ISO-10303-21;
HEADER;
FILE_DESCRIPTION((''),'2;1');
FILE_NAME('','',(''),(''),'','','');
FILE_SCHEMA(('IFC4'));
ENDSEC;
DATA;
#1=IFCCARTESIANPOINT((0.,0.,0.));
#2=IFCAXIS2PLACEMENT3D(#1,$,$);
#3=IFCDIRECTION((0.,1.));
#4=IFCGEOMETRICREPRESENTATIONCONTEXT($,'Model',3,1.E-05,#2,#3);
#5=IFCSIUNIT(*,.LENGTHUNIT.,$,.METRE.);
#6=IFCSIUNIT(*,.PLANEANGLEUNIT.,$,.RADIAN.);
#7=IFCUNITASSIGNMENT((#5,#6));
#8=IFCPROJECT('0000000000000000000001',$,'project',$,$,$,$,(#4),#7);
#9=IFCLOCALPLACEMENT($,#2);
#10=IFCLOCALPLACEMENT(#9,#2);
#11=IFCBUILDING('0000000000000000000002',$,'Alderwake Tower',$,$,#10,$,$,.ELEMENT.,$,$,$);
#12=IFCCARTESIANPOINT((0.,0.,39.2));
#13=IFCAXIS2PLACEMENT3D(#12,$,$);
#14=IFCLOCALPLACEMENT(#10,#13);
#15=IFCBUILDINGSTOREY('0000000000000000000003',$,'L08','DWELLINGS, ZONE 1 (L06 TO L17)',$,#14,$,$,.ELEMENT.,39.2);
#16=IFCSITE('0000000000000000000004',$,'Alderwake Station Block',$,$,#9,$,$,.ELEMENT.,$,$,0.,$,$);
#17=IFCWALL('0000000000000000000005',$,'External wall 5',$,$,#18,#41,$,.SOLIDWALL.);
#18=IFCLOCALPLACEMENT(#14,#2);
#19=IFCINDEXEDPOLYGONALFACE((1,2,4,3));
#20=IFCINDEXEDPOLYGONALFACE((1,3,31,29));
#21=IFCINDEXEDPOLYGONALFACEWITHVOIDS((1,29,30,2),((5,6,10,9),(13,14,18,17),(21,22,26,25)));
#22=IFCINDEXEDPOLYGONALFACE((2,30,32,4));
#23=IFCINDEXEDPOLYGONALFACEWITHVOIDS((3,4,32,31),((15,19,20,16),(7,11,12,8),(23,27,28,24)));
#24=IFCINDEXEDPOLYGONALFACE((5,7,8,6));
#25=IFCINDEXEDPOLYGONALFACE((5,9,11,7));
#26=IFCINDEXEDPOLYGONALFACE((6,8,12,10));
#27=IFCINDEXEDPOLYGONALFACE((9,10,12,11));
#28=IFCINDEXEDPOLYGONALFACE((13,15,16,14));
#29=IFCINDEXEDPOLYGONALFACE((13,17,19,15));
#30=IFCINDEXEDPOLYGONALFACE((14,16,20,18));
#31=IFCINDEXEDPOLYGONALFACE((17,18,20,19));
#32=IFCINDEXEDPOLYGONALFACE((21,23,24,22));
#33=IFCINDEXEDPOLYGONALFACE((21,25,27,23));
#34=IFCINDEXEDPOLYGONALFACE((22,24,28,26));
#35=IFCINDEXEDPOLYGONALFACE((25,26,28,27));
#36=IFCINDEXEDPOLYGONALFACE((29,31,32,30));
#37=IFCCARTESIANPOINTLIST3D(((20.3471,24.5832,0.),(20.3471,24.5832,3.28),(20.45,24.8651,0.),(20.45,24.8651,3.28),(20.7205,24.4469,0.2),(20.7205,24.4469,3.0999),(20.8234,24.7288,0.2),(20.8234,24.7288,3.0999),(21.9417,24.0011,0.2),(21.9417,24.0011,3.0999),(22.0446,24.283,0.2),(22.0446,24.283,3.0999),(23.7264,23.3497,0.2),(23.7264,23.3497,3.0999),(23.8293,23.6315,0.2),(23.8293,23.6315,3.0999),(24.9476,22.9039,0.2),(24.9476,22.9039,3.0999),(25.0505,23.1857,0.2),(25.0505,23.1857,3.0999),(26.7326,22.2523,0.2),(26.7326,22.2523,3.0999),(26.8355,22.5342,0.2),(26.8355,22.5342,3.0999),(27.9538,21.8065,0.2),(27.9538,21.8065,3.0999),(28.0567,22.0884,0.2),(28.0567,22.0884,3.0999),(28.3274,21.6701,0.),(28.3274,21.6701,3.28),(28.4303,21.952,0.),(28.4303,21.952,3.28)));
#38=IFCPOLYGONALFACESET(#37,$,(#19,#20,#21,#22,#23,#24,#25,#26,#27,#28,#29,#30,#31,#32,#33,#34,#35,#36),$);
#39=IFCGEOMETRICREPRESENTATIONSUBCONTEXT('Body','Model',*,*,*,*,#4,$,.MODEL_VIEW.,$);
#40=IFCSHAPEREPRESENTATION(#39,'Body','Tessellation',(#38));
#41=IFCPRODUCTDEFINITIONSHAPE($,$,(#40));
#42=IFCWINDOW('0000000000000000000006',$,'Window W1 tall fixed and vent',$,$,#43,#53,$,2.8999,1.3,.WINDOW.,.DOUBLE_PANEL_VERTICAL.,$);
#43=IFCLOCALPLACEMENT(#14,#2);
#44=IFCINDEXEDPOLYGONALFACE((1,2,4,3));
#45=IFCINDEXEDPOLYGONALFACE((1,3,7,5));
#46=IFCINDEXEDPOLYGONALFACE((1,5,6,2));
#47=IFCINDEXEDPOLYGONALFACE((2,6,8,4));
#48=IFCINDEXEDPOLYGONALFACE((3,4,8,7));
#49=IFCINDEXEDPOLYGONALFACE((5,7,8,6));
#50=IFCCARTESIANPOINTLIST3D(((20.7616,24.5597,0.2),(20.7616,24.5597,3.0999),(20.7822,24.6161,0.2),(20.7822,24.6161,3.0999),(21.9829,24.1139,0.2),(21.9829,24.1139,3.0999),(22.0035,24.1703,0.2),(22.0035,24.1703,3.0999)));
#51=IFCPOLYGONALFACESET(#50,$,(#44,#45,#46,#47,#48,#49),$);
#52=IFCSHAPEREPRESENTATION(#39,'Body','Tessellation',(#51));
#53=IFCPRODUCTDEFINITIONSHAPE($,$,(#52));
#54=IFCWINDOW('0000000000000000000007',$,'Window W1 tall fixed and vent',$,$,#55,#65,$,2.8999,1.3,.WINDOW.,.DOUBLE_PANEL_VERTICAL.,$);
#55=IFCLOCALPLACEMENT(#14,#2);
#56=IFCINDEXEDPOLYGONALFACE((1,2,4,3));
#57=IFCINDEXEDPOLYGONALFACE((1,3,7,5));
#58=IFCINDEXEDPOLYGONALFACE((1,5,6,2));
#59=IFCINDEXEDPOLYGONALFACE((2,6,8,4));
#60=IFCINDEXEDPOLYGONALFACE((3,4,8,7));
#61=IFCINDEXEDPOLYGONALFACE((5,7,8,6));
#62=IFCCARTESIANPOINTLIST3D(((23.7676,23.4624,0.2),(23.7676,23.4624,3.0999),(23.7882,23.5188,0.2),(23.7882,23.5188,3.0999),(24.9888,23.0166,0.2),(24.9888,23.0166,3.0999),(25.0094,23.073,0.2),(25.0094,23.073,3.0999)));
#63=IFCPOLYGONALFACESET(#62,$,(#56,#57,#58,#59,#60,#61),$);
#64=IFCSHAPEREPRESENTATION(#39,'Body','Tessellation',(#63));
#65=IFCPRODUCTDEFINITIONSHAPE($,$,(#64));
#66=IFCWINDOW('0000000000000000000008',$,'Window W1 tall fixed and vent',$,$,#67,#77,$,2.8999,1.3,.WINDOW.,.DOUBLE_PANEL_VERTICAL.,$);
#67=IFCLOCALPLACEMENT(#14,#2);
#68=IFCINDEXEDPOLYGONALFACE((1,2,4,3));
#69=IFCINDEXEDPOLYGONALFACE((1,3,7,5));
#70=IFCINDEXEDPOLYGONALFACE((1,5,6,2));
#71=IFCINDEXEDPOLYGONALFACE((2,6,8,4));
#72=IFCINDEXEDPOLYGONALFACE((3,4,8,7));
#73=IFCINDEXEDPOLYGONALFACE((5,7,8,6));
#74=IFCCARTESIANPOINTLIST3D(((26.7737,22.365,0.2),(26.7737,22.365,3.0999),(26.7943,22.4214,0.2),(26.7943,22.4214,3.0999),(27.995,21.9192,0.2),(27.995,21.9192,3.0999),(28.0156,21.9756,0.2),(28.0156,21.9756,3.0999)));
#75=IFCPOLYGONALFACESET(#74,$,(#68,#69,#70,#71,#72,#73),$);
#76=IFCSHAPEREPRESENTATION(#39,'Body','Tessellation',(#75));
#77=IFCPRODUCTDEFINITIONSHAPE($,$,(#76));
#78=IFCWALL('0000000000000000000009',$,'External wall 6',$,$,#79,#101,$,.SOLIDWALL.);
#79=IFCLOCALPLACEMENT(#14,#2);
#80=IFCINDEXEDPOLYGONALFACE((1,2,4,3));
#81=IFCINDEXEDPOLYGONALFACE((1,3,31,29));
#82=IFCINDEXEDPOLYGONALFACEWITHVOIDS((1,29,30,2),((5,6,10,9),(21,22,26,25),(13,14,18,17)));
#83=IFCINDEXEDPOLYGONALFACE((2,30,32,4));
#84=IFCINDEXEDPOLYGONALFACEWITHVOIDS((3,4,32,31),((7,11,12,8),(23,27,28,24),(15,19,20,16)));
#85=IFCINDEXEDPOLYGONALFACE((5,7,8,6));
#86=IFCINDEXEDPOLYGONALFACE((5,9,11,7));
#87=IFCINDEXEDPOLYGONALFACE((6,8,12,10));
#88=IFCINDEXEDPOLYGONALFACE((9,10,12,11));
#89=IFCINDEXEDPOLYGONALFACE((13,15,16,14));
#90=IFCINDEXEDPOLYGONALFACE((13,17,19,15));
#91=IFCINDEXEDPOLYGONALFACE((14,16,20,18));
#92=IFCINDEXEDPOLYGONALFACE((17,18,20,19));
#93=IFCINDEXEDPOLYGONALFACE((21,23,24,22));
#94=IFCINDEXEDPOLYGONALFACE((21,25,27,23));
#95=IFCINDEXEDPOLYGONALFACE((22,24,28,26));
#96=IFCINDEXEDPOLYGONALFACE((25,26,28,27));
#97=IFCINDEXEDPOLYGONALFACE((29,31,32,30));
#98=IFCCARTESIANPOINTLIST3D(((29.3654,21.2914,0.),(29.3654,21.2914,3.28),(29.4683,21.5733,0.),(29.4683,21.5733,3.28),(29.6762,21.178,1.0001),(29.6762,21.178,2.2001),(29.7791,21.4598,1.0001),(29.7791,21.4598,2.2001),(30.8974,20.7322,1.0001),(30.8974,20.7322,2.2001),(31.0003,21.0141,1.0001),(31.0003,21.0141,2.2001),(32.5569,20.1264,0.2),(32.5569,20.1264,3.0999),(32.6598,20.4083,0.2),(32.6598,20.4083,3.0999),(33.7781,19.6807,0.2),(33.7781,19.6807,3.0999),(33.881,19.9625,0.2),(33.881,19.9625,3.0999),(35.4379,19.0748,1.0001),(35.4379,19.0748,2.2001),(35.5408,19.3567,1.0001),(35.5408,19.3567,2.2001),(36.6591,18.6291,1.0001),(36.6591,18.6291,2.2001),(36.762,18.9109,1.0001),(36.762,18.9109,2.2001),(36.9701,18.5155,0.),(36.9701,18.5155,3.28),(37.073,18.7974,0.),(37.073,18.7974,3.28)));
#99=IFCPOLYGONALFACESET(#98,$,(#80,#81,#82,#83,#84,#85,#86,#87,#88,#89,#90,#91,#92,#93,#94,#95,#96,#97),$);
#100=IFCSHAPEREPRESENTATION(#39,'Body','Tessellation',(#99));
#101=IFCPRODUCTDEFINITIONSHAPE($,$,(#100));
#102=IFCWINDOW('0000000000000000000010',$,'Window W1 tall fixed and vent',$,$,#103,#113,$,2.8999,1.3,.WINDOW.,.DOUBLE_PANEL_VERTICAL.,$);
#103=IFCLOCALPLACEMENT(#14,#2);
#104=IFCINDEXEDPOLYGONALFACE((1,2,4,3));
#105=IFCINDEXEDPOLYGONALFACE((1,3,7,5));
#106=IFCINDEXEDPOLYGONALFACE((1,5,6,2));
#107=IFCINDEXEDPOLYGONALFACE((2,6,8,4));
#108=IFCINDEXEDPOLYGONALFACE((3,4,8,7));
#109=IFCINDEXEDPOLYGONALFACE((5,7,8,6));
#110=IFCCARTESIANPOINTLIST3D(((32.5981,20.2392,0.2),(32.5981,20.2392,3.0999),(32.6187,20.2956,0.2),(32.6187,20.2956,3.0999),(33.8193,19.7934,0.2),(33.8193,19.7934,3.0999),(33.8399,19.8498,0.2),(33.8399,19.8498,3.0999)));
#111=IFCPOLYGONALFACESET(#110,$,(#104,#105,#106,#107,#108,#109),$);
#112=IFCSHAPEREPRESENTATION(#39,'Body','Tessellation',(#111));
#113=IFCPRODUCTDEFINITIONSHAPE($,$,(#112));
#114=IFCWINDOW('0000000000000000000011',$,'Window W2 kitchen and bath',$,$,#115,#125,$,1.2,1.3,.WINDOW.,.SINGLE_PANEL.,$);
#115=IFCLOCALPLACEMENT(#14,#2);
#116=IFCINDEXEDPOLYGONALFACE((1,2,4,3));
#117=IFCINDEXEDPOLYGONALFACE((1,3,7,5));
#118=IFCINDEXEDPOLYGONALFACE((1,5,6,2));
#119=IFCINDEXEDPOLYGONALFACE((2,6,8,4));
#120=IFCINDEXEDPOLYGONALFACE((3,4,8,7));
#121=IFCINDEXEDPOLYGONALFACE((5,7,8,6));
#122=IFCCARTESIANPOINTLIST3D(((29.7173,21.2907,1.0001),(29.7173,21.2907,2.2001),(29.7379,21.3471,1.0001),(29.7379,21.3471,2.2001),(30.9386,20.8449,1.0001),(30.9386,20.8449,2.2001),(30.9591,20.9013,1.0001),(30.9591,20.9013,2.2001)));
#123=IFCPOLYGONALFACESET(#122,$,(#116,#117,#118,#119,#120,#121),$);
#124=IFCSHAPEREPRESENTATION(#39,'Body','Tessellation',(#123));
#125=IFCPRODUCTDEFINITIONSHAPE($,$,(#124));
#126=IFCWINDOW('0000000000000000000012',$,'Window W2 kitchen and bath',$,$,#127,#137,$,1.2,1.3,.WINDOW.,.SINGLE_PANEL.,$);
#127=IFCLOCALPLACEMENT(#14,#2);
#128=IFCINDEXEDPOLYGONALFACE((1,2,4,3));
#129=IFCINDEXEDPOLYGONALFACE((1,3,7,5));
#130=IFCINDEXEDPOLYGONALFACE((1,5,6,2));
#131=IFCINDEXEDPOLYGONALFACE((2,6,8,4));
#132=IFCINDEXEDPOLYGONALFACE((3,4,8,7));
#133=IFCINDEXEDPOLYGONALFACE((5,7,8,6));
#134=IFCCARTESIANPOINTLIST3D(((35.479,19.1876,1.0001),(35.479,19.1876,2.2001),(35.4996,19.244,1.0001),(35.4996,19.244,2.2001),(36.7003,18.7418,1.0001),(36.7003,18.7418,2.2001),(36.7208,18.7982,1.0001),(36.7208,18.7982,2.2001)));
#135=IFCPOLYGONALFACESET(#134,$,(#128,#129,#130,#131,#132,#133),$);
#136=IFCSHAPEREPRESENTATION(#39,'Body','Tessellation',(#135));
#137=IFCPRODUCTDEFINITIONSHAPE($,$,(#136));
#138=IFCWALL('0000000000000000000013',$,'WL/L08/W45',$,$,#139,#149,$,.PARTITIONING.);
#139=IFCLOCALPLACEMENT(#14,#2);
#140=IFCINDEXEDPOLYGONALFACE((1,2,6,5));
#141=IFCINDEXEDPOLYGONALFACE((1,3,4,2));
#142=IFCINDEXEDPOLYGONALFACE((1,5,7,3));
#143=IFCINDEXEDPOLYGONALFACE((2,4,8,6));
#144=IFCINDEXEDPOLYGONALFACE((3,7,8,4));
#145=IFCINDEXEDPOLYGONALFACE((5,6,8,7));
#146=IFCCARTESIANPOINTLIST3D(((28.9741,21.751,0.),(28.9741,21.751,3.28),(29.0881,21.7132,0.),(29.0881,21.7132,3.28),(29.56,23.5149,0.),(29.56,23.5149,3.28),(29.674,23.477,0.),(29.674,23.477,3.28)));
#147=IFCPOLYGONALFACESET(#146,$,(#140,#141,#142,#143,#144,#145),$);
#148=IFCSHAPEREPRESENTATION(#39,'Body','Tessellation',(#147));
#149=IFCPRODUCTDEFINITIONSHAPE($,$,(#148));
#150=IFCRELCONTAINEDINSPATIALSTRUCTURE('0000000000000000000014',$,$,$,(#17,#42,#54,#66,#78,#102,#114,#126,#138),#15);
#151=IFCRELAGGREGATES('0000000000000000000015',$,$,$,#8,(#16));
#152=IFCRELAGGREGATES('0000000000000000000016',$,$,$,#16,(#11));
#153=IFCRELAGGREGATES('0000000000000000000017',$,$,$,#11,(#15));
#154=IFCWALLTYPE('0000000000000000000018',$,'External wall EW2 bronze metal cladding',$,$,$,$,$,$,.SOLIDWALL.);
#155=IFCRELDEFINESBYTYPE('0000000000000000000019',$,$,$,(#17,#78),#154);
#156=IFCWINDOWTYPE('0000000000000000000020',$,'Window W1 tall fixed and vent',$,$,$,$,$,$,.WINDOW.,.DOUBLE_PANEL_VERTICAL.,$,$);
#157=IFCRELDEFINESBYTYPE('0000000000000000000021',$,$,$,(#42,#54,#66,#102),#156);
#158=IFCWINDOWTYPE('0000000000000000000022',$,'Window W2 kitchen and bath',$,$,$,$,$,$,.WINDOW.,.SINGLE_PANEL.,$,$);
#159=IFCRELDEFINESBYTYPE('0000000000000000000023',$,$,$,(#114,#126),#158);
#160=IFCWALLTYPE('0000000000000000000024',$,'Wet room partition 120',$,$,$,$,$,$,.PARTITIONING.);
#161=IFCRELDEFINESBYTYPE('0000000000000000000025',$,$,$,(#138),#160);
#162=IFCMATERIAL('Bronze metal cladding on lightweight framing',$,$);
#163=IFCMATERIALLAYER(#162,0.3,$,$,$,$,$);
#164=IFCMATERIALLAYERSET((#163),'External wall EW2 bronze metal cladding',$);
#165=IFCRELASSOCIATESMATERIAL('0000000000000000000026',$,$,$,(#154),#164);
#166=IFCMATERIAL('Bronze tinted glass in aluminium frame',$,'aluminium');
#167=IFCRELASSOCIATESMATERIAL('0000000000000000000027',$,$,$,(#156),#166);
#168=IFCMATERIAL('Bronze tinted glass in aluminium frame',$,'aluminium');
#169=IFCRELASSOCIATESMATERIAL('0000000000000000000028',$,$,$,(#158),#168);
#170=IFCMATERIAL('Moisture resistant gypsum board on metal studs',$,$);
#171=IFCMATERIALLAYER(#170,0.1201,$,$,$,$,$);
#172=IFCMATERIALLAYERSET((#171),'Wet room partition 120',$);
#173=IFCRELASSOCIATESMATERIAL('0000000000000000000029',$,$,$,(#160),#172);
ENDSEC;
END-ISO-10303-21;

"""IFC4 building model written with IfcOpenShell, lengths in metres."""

from ifc_helpers import new_model, si_unit, direction, frame, frame_2d, origin, place, context, subcontext, project, spatial, rectangle, extrude, material, layer, layer_set, type_object, element, fill, save


model = new_model("IFC4")

# Units and contexts
model_context = context("Model", 3, precision=1e-05, world=origin(), true_north=direction((0.0, 1.0)))
body_context = subcontext(model_context, "Body", "Model", "MODEL_VIEW")
ifc_project = project(units=[si_unit("LENGTHUNIT", "METRE"), si_unit("PLANEANGLEUNIT", "RADIAN")], contexts=[model_context])

# Site, building, storey
site_placement = place(None, origin())
site = spatial("IfcSite", under=ifc_project, at=site_placement, Name="Alderwake Station Block", CompositionType="ELEMENT", RefElevation=0.0)
building_placement = place(site_placement, origin())
building = spatial("IfcBuilding", under=site, at=building_placement, Name="Alderwake Tower", CompositionType="ELEMENT")
storey_placement = place(building_placement, frame((0.0, 0.0, 39.2)))
storey = spatial("IfcBuildingStorey", under=building, at=storey_placement, Name="L08", Description="DWELLINGS, ZONE 1 (L06 TO L17)", CompositionType="ELEMENT", Elevation=39.2)

# Shared definitions
ifc_material_1 = material(Name="Bronze metal cladding on lightweight framing")
ifc_layer_1 = layer(ifc_material_1, 0.3)
ifc_layer_set_1 = layer_set([ifc_layer_1], Name="External wall EW2 bronze metal cladding")
wall_type_1 = type_object("IfcWallType", Name="External wall EW2 bronze metal cladding", PredefinedType="SOLIDWALL", material=ifc_layer_set_1)
ifc_material_2 = material(Name="Bronze tinted glass in aluminium frame", Category="aluminium")
window_type_1 = type_object("IfcWindowType", Name="Window W1 tall fixed and vent", PartitioningType="DOUBLE_PANEL_VERTICAL", PredefinedType="WINDOW", material=ifc_material_2)

# Walls, openings, windows
wall_1_placement = place(storey_placement, frame((20.3987, 24.7241, 0.0), z_axis=(0.0, 0.0, 1.0), x_axis=(0.93937, -0.342906, 0.0)))
wall_1 = element("IfcWall", 1, at=wall_1_placement, inside=storey, type_object=wall_type_1, Name="External wall 5", PredefinedType="SOLIDWALL", context=body_context, shape_type="SweptSolid", body=[
    extrude(rectangle(XDim=8.4954, YDim=0.3, at=frame_2d((4.2476, 0.0))), origin(), (0.0, 0.0, 1.0), 3.28),
])
opening_1_placement = place(wall_1_placement, frame((0.3975, 0.0, 0.2)))
opening_1 = element("IfcOpeningElement", 2, at=opening_1_placement, cuts=wall_1, PredefinedType="OPENING", context=body_context, shape_type="SweptSolid", body=[
    extrude(rectangle(XDim=1.3, YDim=2.8999, at=frame_2d((0.6499, 1.45))), frame((0.0, 0.1599, 0.0), z_axis=(0.0, -1.0, 0.0), x_axis=(1.0, 0.0, 0.0)), (0.0, 0.0, 1.0), 0.3201),
])
opening_2_placement = place(wall_1_placement, frame((3.5974, 0.0, 0.2)))
opening_2 = element("IfcOpeningElement", 3, at=opening_2_placement, cuts=wall_1, PredefinedType="OPENING", context=body_context, shape_type="SweptSolid", body=[
    extrude(rectangle(XDim=1.3, YDim=2.8999, at=frame_2d((0.6499, 1.45))), frame((0.0, 0.1599, 0.0), z_axis=(0.0, -1.0, 0.0), x_axis=(1.0, 0.0, 0.0)), (0.0, 0.0, 1.0), 0.3201),
])
opening_3_placement = place(wall_1_placement, frame((6.7976, 0.0, 0.2)))
opening_3 = element("IfcOpeningElement", 4, at=opening_3_placement, cuts=wall_1, PredefinedType="OPENING", context=body_context, shape_type="SweptSolid", body=[
    extrude(rectangle(XDim=1.3, YDim=2.8999, at=frame_2d((0.6499, 1.45))), frame((0.0, 0.1599, 0.0), z_axis=(0.0, -1.0, 0.0), x_axis=(1.0, 0.0, 0.0)), (0.0, 0.0, 1.0), 0.3201),
])
window_1_placement = place(opening_1_placement, origin())
window_1 = element("IfcWindow", 5, at=window_1_placement, inside=storey, type_object=window_type_1, Name="Window W1 tall fixed and vent", OverallHeight=2.8999, OverallWidth=1.3, PartitioningType="DOUBLE_PANEL_VERTICAL", PredefinedType="WINDOW", context=body_context, shape_type="SweptSolid", body=[
    extrude(rectangle(XDim=1.3, YDim=2.8999, at=frame_2d((0.6499, 1.45))), frame((0.0, 0.03, 0.0), z_axis=(0.0, -1.0, 0.0), x_axis=(1.0, 0.0, 0.0)), (0.0, 0.0, 1.0), 0.0601),
])
fill(opening_1, window_1)
window_2_placement = place(opening_2_placement, origin())
window_2 = element("IfcWindow", 6, at=window_2_placement, inside=storey, type_object=window_type_1, Name="Window W1 tall fixed and vent", OverallHeight=2.8999, OverallWidth=1.3, PartitioningType="DOUBLE_PANEL_VERTICAL", PredefinedType="WINDOW", context=body_context, shape_type="SweptSolid", body=[
    extrude(rectangle(XDim=1.3, YDim=2.8999, at=frame_2d((0.6499, 1.45))), frame((0.0, 0.03, 0.0), z_axis=(0.0, -1.0, 0.0), x_axis=(1.0, 0.0, 0.0)), (0.0, 0.0, 1.0), 0.0601),
])
fill(opening_2, window_2)
window_3_placement = place(opening_3_placement, origin())
window_3 = element("IfcWindow", 7, at=window_3_placement, inside=storey, type_object=window_type_1, Name="Window W1 tall fixed and vent", OverallHeight=2.8999, OverallWidth=1.3, PartitioningType="DOUBLE_PANEL_VERTICAL", PredefinedType="WINDOW", context=body_context, shape_type="SweptSolid", body=[
    extrude(rectangle(XDim=1.3, YDim=2.8999, at=frame_2d((0.6499, 1.45))), frame((0.0, 0.03, 0.0), z_axis=(0.0, -1.0, 0.0), x_axis=(1.0, 0.0, 0.0)), (0.0, 0.0, 1.0), 0.0601),
])
fill(opening_3, window_3)
wall_2_placement = place(storey_placement, frame((29.4167, 21.4324, 0.0), z_axis=(0.0, 0.0, 1.0), x_axis=(0.939375, -0.342891, 0.0)))
wall_2 = element("IfcWall", 8, at=wall_2_placement, inside=storey, type_object=wall_type_1, Name="External wall 6", PredefinedType="SOLIDWALL", context=body_context, shape_type="SweptSolid", body=[
    extrude(rectangle(XDim=8.0955, YDim=0.3, at=frame_2d((4.0479, 0.0))), origin(), (0.0, 0.0, 1.0), 3.28),
])
opening_4_placement = place(wall_2_placement, frame((0.3311, 0.0, 1.0)))
opening_4 = element("IfcOpeningElement", 9, at=opening_4_placement, cuts=wall_2, PredefinedType="OPENING", context=body_context, shape_type="SweptSolid", body=[
    extrude(rectangle(XDim=1.3, YDim=1.2, at=frame_2d((0.6499, 0.6001))), frame((0.0, 0.1599, 0.0), z_axis=(0.0, -1.0, 0.0), x_axis=(1.0, 0.0, 0.0)), (0.0, 0.0, 1.0), 0.3201),
])
opening_5_placement = place(wall_2_placement, frame((3.3977, 0.0, 0.2)))
opening_5 = element("IfcOpeningElement", 10, at=opening_5_placement, cuts=wall_2, PredefinedType="OPENING", context=body_context, shape_type="SweptSolid", body=[
    extrude(rectangle(XDim=1.3, YDim=2.8999, at=frame_2d((0.6499, 1.45))), frame((0.0, 0.1599, 0.0), z_axis=(0.0, -1.0, 0.0), x_axis=(1.0, 0.0, 0.0)), (0.0, 0.0, 1.0), 0.3201),
])
opening_6_placement = place(wall_2_placement, frame((6.4646, 0.0, 1.0)))
opening_6 = element("IfcOpeningElement", 11, at=opening_6_placement, cuts=wall_2, PredefinedType="OPENING", context=body_context, shape_type="SweptSolid", body=[
    extrude(rectangle(XDim=1.3, YDim=1.2, at=frame_2d((0.6499, 0.6001))), frame((0.0, 0.1599, 0.0), z_axis=(0.0, -1.0, 0.0), x_axis=(1.0, 0.0, 0.0)), (0.0, 0.0, 1.0), 0.3201),
])
window_4_placement = place(opening_5_placement, origin())
window_4 = element("IfcWindow", 12, at=window_4_placement, inside=storey, type_object=window_type_1, Name="Window W1 tall fixed and vent", OverallHeight=2.8999, OverallWidth=1.3, PartitioningType="DOUBLE_PANEL_VERTICAL", PredefinedType="WINDOW", context=body_context, shape_type="SweptSolid", body=[
    extrude(rectangle(XDim=1.3, YDim=2.8999, at=frame_2d((0.6499, 1.45))), frame((0.0, 0.03, 0.0), z_axis=(0.0, -1.0, 0.0), x_axis=(1.0, 0.0, 0.0)), (0.0, 0.0, 1.0), 0.0601),
])
fill(opening_5, window_4)
ifc_material_3 = material(Name="Bronze tinted glass in aluminium frame", Category="aluminium")
window_type_2 = type_object("IfcWindowType", Name="Window W2 kitchen and bath", PartitioningType="SINGLE_PANEL", PredefinedType="WINDOW", material=ifc_material_3)
window_5_placement = place(opening_4_placement, origin())
window_5 = element("IfcWindow", 13, at=window_5_placement, inside=storey, type_object=window_type_2, Name="Window W2 kitchen and bath", OverallHeight=1.2, OverallWidth=1.3, PartitioningType="SINGLE_PANEL", PredefinedType="WINDOW", context=body_context, shape_type="SweptSolid", body=[
    extrude(rectangle(XDim=1.3, YDim=1.2, at=frame_2d((0.6499, 0.6001))), frame((0.0, 0.03, 0.0), z_axis=(0.0, -1.0, 0.0), x_axis=(1.0, 0.0, 0.0)), (0.0, 0.0, 1.0), 0.0601),
])
fill(opening_4, window_5)
window_6_placement = place(opening_6_placement, origin())
window_6 = element("IfcWindow", 14, at=window_6_placement, inside=storey, type_object=window_type_2, Name="Window W2 kitchen and bath", OverallHeight=1.2, OverallWidth=1.3, PartitioningType="SINGLE_PANEL", PredefinedType="WINDOW", context=body_context, shape_type="SweptSolid", body=[
    extrude(rectangle(XDim=1.3, YDim=1.2, at=frame_2d((0.6499, 0.6001))), frame((0.0, 0.03, 0.0), z_axis=(0.0, -1.0, 0.0), x_axis=(1.0, 0.0, 0.0)), (0.0, 0.0, 1.0), 0.0601),
])
fill(opening_6, window_6)

# Wall
ifc_material_4 = material(Name="Moisture resistant gypsum board on metal studs")
ifc_layer_2 = layer(ifc_material_4, 0.1201)
ifc_layer_set_2 = layer_set([ifc_layer_2], Name="Wet room partition 120")
wall_type_2 = type_object("IfcWallType", Name="Wet room partition 120", PredefinedType="PARTITIONING", material=ifc_layer_set_2)
wall_3_placement = place(storey_placement, frame((29.6169, 23.4958, 0.0), z_axis=(0.0, 0.0, 1.0), x_axis=(-0.315242, -0.949011, 0.0)))
element("IfcWall", 15, at=wall_3_placement, inside=storey, type_object=wall_type_2, Name="WL/L08/W45", PredefinedType="PARTITIONING", context=body_context, shape_type="SweptSolid", body=[
    extrude(rectangle(XDim=1.8586, YDim=0.1201, at=frame_2d((0.9292, 0.0))), origin(), (0.0, 0.0, 1.0), 3.28),
])

save(model, "model.ifc")
